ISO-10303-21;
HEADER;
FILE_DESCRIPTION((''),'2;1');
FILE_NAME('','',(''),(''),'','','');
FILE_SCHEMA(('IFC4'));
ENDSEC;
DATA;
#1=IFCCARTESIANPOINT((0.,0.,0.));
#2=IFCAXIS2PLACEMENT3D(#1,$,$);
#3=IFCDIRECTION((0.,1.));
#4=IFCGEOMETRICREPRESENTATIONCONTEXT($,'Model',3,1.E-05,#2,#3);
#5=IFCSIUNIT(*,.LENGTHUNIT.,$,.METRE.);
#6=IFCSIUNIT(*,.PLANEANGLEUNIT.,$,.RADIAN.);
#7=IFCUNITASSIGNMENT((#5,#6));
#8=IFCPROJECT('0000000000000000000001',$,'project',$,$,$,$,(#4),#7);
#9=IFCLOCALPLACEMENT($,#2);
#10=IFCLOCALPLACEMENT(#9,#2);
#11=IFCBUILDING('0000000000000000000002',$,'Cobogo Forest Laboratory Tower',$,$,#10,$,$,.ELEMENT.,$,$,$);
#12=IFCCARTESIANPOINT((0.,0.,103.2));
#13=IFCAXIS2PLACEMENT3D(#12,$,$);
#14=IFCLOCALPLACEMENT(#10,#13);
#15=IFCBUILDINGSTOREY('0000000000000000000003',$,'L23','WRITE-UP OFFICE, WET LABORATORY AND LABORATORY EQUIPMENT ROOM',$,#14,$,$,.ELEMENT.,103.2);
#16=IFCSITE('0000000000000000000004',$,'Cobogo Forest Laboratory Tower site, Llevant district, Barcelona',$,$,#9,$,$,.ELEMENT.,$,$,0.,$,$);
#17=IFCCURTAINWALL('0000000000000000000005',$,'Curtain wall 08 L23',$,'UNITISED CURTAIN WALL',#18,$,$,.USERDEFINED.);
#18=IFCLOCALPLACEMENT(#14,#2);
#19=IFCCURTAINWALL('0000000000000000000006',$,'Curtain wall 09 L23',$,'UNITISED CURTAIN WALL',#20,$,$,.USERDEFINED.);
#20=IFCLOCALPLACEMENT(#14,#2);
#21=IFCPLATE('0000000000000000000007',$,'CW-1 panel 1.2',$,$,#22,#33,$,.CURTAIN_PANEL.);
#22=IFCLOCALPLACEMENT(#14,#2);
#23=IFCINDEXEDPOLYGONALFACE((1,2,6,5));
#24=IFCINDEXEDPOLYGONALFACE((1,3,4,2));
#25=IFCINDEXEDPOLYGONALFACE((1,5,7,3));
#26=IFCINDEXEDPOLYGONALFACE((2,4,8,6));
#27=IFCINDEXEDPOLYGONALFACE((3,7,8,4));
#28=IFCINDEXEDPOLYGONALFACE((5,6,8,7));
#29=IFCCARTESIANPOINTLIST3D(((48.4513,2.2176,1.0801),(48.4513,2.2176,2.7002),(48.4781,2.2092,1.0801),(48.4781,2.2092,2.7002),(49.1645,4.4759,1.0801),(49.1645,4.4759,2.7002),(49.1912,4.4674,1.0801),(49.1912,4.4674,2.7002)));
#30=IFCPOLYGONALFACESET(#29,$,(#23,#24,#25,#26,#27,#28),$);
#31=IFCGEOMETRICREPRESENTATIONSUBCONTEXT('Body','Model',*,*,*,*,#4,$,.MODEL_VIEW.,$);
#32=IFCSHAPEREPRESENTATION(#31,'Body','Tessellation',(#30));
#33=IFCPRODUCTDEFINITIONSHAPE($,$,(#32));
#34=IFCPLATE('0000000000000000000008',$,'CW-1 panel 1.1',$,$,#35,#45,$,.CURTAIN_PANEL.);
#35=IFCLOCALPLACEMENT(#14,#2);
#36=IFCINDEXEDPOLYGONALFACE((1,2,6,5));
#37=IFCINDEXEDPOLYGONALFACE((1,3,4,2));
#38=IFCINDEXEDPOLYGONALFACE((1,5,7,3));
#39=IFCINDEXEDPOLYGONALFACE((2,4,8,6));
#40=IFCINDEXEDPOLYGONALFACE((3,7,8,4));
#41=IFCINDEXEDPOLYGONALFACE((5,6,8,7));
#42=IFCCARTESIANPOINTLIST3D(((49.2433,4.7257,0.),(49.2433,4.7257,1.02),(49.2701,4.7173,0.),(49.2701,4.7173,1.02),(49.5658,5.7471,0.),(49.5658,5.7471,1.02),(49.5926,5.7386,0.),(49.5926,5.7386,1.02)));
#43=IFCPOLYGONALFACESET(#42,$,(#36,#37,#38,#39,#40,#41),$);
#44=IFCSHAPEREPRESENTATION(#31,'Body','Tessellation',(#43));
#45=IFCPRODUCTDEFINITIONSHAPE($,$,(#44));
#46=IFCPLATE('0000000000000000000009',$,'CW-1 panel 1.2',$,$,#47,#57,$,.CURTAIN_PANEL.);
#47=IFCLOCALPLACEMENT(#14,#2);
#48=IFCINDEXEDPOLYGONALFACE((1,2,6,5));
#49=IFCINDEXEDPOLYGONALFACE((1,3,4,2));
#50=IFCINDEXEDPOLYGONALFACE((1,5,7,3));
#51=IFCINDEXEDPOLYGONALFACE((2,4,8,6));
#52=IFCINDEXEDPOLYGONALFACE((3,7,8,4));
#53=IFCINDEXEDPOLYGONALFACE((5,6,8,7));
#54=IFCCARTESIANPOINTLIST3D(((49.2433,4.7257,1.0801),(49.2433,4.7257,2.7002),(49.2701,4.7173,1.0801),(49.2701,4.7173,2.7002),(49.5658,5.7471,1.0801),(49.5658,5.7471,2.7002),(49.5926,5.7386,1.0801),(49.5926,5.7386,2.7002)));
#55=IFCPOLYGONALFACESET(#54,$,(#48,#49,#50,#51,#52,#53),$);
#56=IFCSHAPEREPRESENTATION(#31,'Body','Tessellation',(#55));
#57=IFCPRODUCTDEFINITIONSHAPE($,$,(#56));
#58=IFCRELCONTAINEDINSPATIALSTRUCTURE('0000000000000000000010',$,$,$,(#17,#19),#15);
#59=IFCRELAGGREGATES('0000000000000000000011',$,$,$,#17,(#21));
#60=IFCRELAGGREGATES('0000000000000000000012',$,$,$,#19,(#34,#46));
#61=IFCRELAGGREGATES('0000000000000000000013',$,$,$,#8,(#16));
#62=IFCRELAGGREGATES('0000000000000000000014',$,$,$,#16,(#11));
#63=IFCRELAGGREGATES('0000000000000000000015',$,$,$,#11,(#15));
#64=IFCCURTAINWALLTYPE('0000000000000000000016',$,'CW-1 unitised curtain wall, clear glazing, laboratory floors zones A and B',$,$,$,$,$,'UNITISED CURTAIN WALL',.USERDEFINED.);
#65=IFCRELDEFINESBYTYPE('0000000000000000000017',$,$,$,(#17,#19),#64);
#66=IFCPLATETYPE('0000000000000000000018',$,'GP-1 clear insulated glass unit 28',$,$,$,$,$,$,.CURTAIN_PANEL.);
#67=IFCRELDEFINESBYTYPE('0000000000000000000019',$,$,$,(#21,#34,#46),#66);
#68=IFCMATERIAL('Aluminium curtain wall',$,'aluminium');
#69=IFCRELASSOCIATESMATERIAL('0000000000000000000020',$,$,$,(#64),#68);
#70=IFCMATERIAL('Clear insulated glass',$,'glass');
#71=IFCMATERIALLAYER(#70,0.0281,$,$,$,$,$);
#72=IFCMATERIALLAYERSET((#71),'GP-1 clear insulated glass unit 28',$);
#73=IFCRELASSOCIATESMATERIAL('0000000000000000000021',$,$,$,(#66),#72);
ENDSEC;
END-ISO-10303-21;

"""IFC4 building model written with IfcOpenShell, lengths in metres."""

from ifc_helpers import new_model, si_unit, direction, frame, origin, origin_2d, place, context, subcontext, project, spatial, rectangle, extrude, material, layer, layer_set, type_object, element, aggregate, save


model = new_model("IFC4")

# Units and contexts
model_context = context("Model", 3, precision=1e-05, world=origin(), true_north=direction((0.0, 1.0)))
body_context = subcontext(model_context, "Body", "Model", "MODEL_VIEW")
ifc_project = project(units=[si_unit("LENGTHUNIT", "METRE"), si_unit("PLANEANGLEUNIT", "RADIAN")], contexts=[model_context])

# Site, building, storey
site_placement = place(None, origin())
site = spatial("IfcSite", under=ifc_project, at=site_placement, Name="Cobogo Forest Laboratory Tower site, Llevant district, Barcelona", CompositionType="ELEMENT", RefElevation=0.0)
building_placement = place(site_placement, origin())
building = spatial("IfcBuilding", under=site, at=building_placement, Name="Cobogo Forest Laboratory Tower", CompositionType="ELEMENT")
storey_placement = place(building_placement, frame((0.0, 0.0, 103.2)))
storey = spatial("IfcBuildingStorey", under=building, at=storey_placement, Name="L23", Description="WRITE-UP OFFICE, WET LABORATORY AND LABORATORY EQUIPMENT ROOM", CompositionType="ELEMENT", Elevation=103.2)

# Curtain walls
ifc_material_1 = material(Name="Aluminium curtain wall", Category="aluminium")
curtain_wall_type = type_object("IfcCurtainWallType", Name="CW-1 unitised curtain wall, clear glazing, laboratory floors zones A and B", ElementType="UNITISED CURTAIN WALL", PredefinedType="USERDEFINED", material=ifc_material_1)
curtain_wall_1_placement = place(storey_placement, origin())
curtain_wall_1 = element("IfcCurtainWall", 1, at=curtain_wall_1_placement, inside=storey, type_object=curtain_wall_type, Name="Curtain wall 08 L23", ObjectType="UNITISED CURTAIN WALL", PredefinedType="USERDEFINED")
curtain_wall_2_placement = place(storey_placement, origin())
curtain_wall_2 = element("IfcCurtainWall", 2, at=curtain_wall_2_placement, inside=storey, type_object=curtain_wall_type, Name="Curtain wall 09 L23", ObjectType="UNITISED CURTAIN WALL", PredefinedType="USERDEFINED")

# Plates
ifc_material_2 = material(Name="Clear insulated glass", Category="glass")
ifc_layer = layer(ifc_material_2, 0.0281)
ifc_layer_set = layer_set([ifc_layer], Name="GP-1 clear insulated glass unit 28")
plate_type = type_object("IfcPlateType", Name="GP-1 clear insulated glass unit 28", PredefinedType="CURTAIN_PANEL", material=ifc_layer_set)
plate_1_placement = place(storey_placement, frame((48.8213, 3.3425, 1.0801), z_axis=(0.0, 0.0, 1.0), x_axis=(0.301135, 0.953581, 0.0)))
plate_1 = element("IfcPlate", 3, at=plate_1_placement, type_object=plate_type, Name="CW-1 panel 1.2", PredefinedType="CURTAIN_PANEL", context=body_context, shape_type="SweptSolid", body=[
    extrude(rectangle(XDim=2.3682, YDim=0.0281, at=origin_2d()), origin(), (0.0, 0.0, 1.0), 1.6201),
])
aggregate(curtain_wall_1, [plate_1])
plate_2_placement = place(storey_placement, frame((49.418, 5.2322, 0.0), z_axis=(0.0, 0.0, 1.0), x_axis=(0.301136, 0.953581, 0.0)))
plate_2 = element("IfcPlate", 4, at=plate_2_placement, type_object=plate_type, Name="CW-1 panel 1.1", PredefinedType="CURTAIN_PANEL", context=body_context, shape_type="SweptSolid", body=[
    extrude(rectangle(XDim=1.071, YDim=0.0281, at=origin_2d()), origin(), (0.0, 0.0, 1.0), 1.02),
])
plate_3_placement = place(storey_placement, frame((49.418, 5.2322, 1.0801), z_axis=(0.0, 0.0, 1.0), x_axis=(0.301136, 0.953581, 0.0)))
plate_3 = element("IfcPlate", 5, at=plate_3_placement, type_object=plate_type, Name="CW-1 panel 1.2", PredefinedType="CURTAIN_PANEL", context=body_context, shape_type="SweptSolid", body=[
    extrude(rectangle(XDim=1.071, YDim=0.0281, at=origin_2d()), origin(), (0.0, 0.0, 1.0), 1.6201),
])
aggregate(curtain_wall_2, [plate_2, plate_3])

save(model, "model.ifc")
